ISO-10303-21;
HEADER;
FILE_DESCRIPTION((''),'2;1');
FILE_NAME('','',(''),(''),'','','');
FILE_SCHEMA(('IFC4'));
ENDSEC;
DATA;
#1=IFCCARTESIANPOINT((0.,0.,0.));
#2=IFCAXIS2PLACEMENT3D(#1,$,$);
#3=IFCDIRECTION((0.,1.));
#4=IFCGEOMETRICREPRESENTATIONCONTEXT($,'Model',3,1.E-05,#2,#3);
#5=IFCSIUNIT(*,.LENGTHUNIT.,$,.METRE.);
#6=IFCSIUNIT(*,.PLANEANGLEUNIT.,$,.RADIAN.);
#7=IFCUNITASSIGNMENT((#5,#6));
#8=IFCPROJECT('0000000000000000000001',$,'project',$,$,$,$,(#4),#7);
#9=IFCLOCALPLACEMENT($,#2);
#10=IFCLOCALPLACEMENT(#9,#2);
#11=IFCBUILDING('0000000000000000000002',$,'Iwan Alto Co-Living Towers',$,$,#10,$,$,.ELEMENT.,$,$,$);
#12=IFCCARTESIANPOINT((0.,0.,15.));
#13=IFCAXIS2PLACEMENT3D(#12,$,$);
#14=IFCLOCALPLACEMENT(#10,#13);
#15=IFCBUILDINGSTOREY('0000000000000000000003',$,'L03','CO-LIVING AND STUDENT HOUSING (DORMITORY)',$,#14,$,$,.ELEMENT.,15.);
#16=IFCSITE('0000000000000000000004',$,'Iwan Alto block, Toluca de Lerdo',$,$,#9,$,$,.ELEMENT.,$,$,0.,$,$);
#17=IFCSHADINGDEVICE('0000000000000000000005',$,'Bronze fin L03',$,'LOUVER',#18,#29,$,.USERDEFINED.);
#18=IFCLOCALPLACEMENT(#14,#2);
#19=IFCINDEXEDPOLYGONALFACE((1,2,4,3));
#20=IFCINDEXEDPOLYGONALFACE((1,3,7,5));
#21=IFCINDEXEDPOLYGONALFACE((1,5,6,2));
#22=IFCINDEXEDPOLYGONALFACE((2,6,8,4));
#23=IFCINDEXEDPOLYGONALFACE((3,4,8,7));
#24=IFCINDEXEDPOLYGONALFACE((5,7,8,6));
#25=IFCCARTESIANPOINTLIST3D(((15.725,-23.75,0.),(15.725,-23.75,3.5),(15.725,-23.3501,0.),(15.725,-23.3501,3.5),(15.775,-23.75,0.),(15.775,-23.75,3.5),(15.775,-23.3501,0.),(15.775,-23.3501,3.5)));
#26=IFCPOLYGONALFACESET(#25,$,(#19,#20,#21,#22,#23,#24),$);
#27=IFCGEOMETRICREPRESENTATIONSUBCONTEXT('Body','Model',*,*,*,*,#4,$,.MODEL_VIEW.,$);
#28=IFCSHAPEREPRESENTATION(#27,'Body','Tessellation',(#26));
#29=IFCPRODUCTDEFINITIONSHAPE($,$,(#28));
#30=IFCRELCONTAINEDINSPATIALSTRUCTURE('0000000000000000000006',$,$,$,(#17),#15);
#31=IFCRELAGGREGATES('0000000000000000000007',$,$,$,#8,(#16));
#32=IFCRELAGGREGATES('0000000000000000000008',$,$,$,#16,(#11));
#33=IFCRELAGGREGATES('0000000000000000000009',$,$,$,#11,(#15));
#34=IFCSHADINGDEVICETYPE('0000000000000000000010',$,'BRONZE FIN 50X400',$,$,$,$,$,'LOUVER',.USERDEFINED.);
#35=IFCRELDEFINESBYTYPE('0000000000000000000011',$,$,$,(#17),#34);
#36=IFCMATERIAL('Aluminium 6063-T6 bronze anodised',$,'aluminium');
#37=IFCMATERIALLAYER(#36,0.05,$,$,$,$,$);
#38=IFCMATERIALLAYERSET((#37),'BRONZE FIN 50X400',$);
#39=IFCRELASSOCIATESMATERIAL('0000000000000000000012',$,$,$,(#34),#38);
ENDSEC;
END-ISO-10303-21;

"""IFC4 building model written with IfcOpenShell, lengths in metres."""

from ifc_helpers import new_model, si_unit, direction, frame, origin, origin_2d, place, context, subcontext, project, spatial, rectangle, extrude, material, layer, layer_set, type_object, element, save


model = new_model("IFC4")

# Units and contexts
model_context = context("Model", 3, precision=1e-05, world=origin(), true_north=direction((0.0, 1.0)))
body_context = subcontext(model_context, "Body", "Model", "MODEL_VIEW")
ifc_project = project(units=[si_unit("LENGTHUNIT", "METRE"), si_unit("PLANEANGLEUNIT", "RADIAN")], contexts=[model_context])

# Site, building, storey
site_placement = place(None, origin())
site = spatial("IfcSite", under=ifc_project, at=site_placement, Name="Iwan Alto block, Toluca de Lerdo", CompositionType="ELEMENT", RefElevation=0.0)
building_placement = place(site_placement, origin())
building = spatial("IfcBuilding", under=site, at=building_placement, Name="Iwan Alto Co-Living Towers", CompositionType="ELEMENT")
storey_placement = place(building_placement, frame((0.0, 0.0, 15.0)))
storey = spatial("IfcBuildingStorey", under=building, at=storey_placement, Name="L03", Description="CO-LIVING AND STUDENT HOUSING (DORMITORY)", CompositionType="ELEMENT", Elevation=15.0)

# Shading device
ifc_material_1 = material(Name="Aluminium 6063-T6 bronze anodised", Category="aluminium")
ifc_layer_1 = layer(ifc_material_1, 0.05)
ifc_layer_set_1 = layer_set([ifc_layer_1], Name="BRONZE FIN 50X400")
shading_device_type = type_object("IfcShadingDeviceType", Name="BRONZE FIN 50X400", ElementType="LOUVER", PredefinedType="USERDEFINED", material=ifc_layer_set_1)
shading_device_placement = place(storey_placement, frame((15.75, -23.55, 0.0), z_axis=(0.0, 0.0, 1.0), x_axis=(1.0, 0.0, 0.0)))
element("IfcShadingDevice", 1, at=shading_device_placement, inside=storey, type_object=shading_device_type, Name="Bronze fin L03", ObjectType="LOUVER", PredefinedType="USERDEFINED", context=body_context, shape_type="SweptSolid", body=[
    extrude(rectangle(XDim=0.05, YDim=0.3999, at=origin_2d()), origin(), (0.0, 0.0, 1.0), 3.5),
])

save(model, "model.ifc")
